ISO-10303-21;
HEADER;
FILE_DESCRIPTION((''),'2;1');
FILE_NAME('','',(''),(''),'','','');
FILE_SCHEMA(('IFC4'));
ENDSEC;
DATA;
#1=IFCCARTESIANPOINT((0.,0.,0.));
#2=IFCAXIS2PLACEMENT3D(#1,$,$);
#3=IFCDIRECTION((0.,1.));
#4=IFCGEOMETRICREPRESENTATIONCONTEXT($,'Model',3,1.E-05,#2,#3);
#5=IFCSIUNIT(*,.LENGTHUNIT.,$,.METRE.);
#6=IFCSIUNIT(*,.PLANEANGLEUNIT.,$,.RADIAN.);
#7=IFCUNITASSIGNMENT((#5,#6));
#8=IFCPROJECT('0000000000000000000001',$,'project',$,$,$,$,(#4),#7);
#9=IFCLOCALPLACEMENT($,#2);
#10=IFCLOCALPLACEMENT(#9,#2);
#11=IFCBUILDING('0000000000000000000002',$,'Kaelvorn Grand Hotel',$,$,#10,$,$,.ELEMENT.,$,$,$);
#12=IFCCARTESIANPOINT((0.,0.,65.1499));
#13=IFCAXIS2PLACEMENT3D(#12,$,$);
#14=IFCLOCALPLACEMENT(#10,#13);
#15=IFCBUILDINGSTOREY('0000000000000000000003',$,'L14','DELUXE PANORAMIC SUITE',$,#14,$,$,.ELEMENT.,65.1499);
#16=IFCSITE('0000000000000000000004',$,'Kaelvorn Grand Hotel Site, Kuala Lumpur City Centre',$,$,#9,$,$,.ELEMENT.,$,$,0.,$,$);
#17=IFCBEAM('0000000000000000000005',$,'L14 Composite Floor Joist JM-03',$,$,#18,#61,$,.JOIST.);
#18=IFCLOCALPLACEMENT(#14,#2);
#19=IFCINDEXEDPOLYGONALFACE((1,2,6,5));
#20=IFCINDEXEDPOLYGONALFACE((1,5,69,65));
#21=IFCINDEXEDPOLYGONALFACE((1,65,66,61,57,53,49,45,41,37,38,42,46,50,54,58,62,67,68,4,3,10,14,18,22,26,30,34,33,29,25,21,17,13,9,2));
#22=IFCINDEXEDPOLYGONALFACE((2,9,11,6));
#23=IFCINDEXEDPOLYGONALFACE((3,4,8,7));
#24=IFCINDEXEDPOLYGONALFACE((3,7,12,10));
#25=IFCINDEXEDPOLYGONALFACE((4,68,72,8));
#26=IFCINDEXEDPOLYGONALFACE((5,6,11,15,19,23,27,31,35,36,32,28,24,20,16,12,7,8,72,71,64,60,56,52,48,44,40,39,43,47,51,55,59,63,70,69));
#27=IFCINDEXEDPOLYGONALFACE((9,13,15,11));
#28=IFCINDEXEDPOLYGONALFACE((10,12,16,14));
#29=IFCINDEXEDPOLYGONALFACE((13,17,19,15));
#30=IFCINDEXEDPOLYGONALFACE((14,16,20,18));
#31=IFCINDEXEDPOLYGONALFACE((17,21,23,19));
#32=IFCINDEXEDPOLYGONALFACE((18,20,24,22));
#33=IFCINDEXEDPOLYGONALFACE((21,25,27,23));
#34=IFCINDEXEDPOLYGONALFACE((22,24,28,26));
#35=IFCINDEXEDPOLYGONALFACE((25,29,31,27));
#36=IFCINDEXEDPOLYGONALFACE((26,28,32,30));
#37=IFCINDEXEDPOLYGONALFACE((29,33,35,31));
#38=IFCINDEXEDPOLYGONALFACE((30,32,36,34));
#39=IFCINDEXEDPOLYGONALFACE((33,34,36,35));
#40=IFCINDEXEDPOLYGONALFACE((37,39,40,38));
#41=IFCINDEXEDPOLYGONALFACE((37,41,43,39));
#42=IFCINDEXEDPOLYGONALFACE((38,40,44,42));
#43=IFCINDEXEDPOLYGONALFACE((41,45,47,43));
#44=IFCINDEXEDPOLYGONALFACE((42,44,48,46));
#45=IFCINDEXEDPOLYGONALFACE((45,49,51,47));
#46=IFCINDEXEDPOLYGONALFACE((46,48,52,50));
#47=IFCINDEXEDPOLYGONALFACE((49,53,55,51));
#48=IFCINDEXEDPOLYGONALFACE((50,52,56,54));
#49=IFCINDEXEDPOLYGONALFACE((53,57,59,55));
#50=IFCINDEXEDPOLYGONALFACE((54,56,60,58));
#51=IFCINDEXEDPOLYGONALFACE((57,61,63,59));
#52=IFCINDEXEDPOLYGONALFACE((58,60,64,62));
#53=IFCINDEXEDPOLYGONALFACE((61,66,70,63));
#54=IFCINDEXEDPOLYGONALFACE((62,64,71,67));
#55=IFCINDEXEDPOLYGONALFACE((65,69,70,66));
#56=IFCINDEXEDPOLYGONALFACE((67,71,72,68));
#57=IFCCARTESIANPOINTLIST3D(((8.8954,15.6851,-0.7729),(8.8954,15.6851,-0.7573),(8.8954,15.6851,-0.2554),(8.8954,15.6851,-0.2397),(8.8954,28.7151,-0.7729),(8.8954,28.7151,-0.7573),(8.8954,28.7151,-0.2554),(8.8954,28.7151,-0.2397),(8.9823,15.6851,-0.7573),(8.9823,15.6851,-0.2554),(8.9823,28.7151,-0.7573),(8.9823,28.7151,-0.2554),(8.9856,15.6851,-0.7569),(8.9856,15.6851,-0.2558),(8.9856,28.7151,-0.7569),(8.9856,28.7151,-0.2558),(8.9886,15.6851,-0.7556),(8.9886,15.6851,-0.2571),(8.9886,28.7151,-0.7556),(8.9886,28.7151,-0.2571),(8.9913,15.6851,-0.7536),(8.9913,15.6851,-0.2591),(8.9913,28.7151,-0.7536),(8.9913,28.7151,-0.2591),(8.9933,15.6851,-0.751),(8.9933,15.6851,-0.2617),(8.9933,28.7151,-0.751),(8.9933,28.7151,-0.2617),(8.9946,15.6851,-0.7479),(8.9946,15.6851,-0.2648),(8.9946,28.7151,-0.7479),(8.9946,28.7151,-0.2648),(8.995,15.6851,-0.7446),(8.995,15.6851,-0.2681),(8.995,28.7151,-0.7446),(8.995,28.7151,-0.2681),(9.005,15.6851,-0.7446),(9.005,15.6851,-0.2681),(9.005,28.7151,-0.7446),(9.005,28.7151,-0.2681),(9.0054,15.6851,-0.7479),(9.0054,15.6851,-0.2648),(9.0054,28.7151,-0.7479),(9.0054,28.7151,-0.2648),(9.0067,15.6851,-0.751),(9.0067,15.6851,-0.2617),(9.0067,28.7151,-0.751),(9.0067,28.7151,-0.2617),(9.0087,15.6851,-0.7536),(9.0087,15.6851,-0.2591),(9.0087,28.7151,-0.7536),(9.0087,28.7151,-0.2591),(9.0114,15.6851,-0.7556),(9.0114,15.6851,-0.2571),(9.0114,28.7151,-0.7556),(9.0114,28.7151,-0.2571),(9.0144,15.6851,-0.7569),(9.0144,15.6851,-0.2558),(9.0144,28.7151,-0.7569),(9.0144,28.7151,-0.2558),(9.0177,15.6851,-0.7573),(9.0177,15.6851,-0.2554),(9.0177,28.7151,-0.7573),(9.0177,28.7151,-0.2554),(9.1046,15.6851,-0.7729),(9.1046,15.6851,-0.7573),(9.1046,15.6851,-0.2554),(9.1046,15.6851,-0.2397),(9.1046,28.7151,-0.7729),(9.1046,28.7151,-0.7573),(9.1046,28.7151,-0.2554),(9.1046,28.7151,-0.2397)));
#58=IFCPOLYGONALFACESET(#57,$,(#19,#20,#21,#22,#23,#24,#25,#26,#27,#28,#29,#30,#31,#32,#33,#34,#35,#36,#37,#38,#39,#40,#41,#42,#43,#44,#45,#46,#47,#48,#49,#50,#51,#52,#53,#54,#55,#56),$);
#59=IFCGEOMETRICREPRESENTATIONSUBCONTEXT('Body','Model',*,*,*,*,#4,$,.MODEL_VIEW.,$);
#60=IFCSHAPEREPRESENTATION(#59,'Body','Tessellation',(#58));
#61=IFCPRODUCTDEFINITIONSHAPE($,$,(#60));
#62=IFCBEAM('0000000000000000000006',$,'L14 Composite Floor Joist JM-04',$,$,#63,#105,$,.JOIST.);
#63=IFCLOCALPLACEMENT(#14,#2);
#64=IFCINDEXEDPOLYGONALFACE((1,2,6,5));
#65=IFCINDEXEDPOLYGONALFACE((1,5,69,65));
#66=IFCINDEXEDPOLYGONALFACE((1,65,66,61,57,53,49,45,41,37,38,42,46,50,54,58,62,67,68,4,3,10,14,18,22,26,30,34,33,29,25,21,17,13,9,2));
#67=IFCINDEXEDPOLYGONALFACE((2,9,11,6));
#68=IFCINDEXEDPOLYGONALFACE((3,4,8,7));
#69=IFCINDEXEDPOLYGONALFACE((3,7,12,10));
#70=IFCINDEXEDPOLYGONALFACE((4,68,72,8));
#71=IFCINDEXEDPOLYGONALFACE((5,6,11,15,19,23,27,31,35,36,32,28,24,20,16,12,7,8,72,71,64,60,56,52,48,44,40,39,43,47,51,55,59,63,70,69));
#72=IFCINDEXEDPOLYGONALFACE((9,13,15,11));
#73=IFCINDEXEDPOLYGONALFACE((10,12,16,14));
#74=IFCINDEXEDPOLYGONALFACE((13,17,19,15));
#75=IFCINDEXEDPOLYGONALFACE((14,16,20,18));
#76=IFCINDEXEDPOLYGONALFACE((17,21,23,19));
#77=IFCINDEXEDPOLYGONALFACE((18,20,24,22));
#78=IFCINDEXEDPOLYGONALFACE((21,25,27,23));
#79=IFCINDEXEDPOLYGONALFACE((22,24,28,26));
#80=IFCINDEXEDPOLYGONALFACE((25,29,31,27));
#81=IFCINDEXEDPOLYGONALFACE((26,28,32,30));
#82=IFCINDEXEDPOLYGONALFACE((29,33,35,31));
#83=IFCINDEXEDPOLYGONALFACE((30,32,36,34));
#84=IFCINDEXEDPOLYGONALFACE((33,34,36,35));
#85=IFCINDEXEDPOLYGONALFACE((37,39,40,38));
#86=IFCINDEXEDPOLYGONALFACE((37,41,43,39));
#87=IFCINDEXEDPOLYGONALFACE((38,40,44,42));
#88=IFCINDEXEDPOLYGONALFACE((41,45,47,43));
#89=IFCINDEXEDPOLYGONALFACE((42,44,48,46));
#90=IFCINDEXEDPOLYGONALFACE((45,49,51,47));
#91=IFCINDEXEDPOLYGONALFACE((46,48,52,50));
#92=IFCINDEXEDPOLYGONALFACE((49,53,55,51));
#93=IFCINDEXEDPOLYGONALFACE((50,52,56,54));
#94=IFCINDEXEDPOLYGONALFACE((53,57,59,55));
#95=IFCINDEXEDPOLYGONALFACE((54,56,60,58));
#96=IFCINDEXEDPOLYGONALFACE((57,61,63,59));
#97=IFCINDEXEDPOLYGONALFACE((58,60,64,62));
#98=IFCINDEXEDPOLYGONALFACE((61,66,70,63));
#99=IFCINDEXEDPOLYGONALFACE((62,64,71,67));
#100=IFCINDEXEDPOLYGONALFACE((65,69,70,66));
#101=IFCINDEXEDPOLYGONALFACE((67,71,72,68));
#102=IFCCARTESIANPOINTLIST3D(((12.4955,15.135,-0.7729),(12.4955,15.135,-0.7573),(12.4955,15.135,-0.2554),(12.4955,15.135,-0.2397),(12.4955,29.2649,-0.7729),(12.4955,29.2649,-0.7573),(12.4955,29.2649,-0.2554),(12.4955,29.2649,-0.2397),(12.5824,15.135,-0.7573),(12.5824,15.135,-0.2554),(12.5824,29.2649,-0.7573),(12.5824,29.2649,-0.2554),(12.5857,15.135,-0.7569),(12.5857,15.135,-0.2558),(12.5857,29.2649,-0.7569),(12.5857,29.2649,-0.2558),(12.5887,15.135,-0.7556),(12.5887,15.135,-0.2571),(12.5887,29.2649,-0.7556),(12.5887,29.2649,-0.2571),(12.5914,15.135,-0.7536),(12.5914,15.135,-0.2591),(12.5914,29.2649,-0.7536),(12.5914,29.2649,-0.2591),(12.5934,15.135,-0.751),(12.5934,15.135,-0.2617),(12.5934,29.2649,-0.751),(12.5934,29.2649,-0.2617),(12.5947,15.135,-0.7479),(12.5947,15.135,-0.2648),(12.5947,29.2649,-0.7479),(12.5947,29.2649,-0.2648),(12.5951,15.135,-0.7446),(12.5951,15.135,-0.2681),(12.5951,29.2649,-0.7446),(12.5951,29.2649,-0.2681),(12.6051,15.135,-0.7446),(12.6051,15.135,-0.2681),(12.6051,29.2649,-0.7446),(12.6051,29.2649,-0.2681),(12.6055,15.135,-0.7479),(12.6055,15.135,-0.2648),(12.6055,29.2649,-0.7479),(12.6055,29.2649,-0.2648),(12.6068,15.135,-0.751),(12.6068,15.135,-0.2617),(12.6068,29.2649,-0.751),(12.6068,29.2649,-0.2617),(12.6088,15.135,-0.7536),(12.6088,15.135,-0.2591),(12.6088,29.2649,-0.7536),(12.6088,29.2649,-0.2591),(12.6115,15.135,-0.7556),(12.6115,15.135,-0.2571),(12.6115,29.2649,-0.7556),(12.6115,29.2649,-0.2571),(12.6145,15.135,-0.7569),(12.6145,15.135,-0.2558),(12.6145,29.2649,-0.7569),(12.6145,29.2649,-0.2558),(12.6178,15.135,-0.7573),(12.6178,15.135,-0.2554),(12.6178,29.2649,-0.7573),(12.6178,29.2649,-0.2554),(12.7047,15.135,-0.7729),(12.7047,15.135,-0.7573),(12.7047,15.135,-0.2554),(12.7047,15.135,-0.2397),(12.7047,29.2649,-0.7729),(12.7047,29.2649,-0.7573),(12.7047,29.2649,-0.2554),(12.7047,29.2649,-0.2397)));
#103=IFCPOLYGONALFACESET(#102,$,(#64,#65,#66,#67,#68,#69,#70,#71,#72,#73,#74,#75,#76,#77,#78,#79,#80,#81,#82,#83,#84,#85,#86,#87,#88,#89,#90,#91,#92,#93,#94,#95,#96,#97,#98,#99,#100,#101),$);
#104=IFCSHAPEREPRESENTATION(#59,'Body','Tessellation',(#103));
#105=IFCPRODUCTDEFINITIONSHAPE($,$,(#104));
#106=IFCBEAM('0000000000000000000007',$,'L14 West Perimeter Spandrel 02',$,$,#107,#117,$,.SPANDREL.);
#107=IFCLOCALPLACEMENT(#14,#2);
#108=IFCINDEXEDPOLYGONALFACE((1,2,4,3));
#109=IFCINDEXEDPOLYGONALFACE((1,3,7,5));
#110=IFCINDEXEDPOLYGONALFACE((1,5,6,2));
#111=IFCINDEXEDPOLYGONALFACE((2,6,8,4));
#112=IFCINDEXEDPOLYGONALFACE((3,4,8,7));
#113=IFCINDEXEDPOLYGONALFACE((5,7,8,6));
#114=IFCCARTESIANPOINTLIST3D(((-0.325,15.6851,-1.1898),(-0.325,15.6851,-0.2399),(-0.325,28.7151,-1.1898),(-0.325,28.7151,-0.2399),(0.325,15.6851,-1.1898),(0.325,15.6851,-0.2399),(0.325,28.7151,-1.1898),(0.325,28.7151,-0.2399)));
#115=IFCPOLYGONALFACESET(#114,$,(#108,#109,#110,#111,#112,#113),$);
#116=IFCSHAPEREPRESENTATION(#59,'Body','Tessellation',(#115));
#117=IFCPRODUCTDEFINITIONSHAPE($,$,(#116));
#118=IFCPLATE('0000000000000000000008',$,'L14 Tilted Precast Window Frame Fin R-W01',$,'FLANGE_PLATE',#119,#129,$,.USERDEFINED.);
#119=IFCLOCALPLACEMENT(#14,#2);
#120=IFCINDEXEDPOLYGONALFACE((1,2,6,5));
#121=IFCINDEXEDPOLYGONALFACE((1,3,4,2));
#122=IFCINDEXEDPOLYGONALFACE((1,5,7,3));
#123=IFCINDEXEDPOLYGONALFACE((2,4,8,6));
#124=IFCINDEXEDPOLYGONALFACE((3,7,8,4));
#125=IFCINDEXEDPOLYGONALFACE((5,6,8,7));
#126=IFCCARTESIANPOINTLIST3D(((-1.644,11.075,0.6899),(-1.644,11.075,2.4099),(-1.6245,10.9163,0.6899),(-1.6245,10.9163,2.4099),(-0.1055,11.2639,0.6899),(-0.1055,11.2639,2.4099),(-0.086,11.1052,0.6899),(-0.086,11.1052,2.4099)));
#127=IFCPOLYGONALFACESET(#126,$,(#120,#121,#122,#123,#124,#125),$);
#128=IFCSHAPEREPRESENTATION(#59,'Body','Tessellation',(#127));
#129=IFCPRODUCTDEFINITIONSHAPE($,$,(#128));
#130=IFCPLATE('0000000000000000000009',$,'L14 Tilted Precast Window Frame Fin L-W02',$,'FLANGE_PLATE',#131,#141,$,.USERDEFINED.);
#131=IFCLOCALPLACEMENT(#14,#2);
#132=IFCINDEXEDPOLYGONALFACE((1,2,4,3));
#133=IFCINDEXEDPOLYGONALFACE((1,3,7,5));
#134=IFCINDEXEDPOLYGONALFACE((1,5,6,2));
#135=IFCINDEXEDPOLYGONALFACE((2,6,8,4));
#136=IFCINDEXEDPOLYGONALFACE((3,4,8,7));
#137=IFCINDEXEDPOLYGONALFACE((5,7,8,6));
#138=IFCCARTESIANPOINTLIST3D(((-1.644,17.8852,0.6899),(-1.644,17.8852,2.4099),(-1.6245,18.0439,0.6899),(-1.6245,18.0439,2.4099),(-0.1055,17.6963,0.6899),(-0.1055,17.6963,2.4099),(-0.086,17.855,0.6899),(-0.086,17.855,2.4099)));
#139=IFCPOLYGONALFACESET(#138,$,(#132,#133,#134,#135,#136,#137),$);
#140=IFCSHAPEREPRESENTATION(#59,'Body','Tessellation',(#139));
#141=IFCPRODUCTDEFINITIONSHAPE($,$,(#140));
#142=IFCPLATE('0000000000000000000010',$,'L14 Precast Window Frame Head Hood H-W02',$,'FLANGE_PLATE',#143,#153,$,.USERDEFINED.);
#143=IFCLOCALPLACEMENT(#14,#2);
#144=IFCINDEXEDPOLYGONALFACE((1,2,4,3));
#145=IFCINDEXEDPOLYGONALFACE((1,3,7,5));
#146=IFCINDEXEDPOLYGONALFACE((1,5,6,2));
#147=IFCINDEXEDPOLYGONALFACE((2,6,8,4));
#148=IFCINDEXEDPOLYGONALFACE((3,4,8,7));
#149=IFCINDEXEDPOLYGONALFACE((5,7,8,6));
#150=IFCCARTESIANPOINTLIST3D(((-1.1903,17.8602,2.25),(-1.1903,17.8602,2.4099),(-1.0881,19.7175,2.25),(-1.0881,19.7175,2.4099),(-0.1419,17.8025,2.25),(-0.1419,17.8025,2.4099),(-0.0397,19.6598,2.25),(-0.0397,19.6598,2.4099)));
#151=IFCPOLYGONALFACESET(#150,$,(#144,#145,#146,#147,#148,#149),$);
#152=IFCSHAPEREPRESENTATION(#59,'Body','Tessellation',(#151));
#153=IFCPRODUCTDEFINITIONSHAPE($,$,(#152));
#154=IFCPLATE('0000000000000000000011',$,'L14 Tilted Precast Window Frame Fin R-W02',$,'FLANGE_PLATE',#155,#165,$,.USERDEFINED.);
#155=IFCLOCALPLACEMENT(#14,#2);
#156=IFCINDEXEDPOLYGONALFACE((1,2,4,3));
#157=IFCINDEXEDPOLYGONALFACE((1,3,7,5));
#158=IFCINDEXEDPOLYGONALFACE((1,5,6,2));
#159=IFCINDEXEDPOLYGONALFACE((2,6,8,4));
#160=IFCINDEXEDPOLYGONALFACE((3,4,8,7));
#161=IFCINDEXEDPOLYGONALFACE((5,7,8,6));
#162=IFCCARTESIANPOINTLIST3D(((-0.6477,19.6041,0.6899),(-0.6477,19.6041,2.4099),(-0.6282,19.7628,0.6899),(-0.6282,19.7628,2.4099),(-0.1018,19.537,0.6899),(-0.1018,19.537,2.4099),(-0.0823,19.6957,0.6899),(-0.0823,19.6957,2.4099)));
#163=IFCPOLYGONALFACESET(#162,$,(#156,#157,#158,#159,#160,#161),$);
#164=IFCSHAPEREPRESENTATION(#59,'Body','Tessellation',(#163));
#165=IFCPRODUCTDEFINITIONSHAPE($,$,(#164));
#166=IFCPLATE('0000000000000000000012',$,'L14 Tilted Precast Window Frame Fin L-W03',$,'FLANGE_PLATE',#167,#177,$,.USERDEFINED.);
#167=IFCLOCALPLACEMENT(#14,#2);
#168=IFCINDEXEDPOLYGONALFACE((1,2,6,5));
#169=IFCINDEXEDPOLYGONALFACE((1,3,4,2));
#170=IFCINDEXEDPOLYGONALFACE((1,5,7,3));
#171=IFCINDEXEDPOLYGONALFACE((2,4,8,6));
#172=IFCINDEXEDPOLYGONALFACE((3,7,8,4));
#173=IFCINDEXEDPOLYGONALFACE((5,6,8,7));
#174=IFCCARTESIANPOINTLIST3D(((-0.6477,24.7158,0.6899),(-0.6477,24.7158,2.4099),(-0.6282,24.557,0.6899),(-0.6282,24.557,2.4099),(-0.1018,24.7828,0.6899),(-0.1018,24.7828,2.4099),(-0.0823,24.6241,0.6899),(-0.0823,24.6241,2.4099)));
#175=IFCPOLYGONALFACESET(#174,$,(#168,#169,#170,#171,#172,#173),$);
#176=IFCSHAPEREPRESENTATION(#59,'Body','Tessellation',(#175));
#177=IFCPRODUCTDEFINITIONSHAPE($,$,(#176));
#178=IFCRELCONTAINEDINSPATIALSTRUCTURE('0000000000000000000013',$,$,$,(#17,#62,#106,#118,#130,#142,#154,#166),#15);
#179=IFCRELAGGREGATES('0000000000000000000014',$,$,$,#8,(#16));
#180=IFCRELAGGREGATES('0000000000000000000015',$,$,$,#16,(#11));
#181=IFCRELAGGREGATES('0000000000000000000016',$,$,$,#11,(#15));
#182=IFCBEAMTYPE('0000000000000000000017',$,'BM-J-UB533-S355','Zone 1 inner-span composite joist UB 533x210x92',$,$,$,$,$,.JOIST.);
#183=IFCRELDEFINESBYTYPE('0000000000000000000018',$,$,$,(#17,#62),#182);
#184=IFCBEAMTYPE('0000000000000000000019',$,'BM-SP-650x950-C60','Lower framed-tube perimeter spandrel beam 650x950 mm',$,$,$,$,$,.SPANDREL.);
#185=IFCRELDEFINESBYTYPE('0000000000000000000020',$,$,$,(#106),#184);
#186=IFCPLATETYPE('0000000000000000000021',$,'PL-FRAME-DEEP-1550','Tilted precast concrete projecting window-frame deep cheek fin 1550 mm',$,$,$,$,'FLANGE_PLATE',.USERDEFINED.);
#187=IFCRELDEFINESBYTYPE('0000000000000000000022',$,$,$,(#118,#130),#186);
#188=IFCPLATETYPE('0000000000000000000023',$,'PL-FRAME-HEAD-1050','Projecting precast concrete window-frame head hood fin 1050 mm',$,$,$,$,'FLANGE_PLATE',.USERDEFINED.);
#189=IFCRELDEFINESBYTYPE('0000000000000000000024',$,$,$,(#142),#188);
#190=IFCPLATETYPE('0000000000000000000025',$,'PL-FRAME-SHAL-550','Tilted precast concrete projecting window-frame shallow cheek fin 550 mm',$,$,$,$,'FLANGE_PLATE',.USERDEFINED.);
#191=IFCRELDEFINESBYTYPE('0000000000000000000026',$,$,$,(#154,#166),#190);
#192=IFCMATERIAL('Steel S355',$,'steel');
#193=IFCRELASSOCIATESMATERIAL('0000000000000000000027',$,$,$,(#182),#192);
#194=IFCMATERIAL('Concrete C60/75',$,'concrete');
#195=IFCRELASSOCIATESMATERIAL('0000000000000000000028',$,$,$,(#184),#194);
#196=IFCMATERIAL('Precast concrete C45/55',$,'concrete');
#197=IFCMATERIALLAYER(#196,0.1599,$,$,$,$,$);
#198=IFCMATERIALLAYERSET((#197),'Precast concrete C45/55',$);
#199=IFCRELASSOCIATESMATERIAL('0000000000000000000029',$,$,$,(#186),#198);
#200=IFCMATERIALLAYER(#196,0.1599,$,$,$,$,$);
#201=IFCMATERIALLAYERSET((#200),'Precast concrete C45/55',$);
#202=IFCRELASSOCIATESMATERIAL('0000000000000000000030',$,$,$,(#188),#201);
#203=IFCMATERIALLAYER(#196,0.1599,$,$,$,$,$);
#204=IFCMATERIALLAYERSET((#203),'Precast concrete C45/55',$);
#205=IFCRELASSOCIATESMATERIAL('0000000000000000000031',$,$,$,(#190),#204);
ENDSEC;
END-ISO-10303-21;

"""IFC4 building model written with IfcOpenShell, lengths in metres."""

from ifc_helpers import new_model, si_unit, direction, frame, origin, origin_2d, place, context, subcontext, project, spatial, rectangle, i_section, extrude, material, layer, layer_set, material_profile, profile_set, type_object, element, save


model = new_model("IFC4")

# Units and contexts
model_context = context("Model", 3, precision=1e-05, world=origin(), true_north=direction((0.0, 1.0)))
body_context = subcontext(model_context, "Body", "Model", "MODEL_VIEW")
ifc_project = project(units=[si_unit("LENGTHUNIT", "METRE"), si_unit("PLANEANGLEUNIT", "RADIAN")], contexts=[model_context])

# Site, building, storey
site_placement = place(None, origin())
site = spatial("IfcSite", under=ifc_project, at=site_placement, Name="Kaelvorn Grand Hotel Site, Kuala Lumpur City Centre", CompositionType="ELEMENT", RefElevation=0.0)
building_placement = place(site_placement, origin())
building = spatial("IfcBuilding", under=site, at=building_placement, Name="Kaelvorn Grand Hotel", CompositionType="ELEMENT")
storey_placement = place(building_placement, frame((0.0, 0.0, 65.1499)))
storey = spatial("IfcBuildingStorey", under=building, at=storey_placement, Name="L14", Description="DELUXE PANORAMIC SUITE", CompositionType="ELEMENT", Elevation=65.1499)

# Beams
ifc_material_1 = material(Name="Steel S355", Category="steel")
ifc_material_profile_1 = material_profile(ifc_material_1, i_section(OverallWidth=0.2092, OverallDepth=0.5332, WebThickness=0.01, FlangeThickness=0.0156, FilletRadius=0.0127, at=origin_2d()), Name="UB 533x210x92")
ifc_profile_set_1 = profile_set([ifc_material_profile_1], Name="Steel S355")
beam_type_1 = type_object("IfcBeamType", Name="BM-J-UB533-S355", Description="Zone 1 inner-span composite joist UB 533x210x92", PredefinedType="JOIST", material=ifc_profile_set_1)
beam_1_placement = place(storey_placement, frame((9.0, 15.6851, -0.5063), z_axis=(0.0, 1.0, 0.0), x_axis=(-1.0, 0.0, 0.0)))
element("IfcBeam", 1, at=beam_1_placement, inside=storey, type_object=beam_type_1, Name="L14 Composite Floor Joist JM-03", PredefinedType="JOIST", context=body_context, shape_type="SweptSolid", body=[
    extrude(i_section(OverallWidth=0.2092, OverallDepth=0.5332, WebThickness=0.01, FlangeThickness=0.0156, FilletRadius=0.0127, at=origin_2d()), origin(), (0.0, 0.0, 1.0), 13.03),
])
beam_2_placement = place(storey_placement, frame((12.6001, 15.135, -0.5063), z_axis=(0.0, 1.0, 0.0), x_axis=(-1.0, 0.0, 0.0)))
element("IfcBeam", 2, at=beam_2_placement, inside=storey, type_object=beam_type_1, Name="L14 Composite Floor Joist JM-04", PredefinedType="JOIST", context=body_context, shape_type="SweptSolid", body=[
    extrude(i_section(OverallWidth=0.2092, OverallDepth=0.5332, WebThickness=0.01, FlangeThickness=0.0156, FilletRadius=0.0127, at=origin_2d()), origin(), (0.0, 0.0, 1.0), 14.1299),
])
ifc_material_2 = material(Name="Concrete C60/75", Category="concrete")
ifc_material_profile_2 = material_profile(ifc_material_2, rectangle(XDim=0.6499, YDim=0.95, at=origin_2d()), Name="RC SPANDREL 650x950")
ifc_profile_set_2 = profile_set([ifc_material_profile_2], Name="Concrete C60/75")
beam_type_2 = type_object("IfcBeamType", Name="BM-SP-650x950-C60", Description="Lower framed-tube perimeter spandrel beam 650x950 mm", PredefinedType="SPANDREL", material=ifc_profile_set_2)
beam_3_placement = place(storey_placement, frame((0.0, 15.6851, -0.7148), z_axis=(0.0, 1.0, 0.0), x_axis=(-1.0, 0.0, 0.0)))
element("IfcBeam", 3, at=beam_3_placement, inside=storey, type_object=beam_type_2, Name="L14 West Perimeter Spandrel 02", PredefinedType="SPANDREL", context=body_context, shape_type="SweptSolid", body=[
    extrude(rectangle(XDim=0.6499, YDim=0.95, at=origin_2d()), origin(), (0.0, 0.0, 1.0), 13.03),
])

# Plates
ifc_material_3 = material(Name="Precast concrete C45/55", Category="concrete")
ifc_layer_1 = layer(ifc_material_3, 0.1599)
ifc_layer_set_1 = layer_set([ifc_layer_1], Name="Precast concrete C45/55")
plate_type_1 = type_object("IfcPlateType", Name="PL-FRAME-DEEP-1550", Description="Tilted precast concrete projecting window-frame deep cheek fin 1550 mm", ElementType="FLANGE_PLATE", PredefinedType="USERDEFINED", material=ifc_layer_set_1)
for number, where, z_axis, x_axis, name in (
    (4, (-0.865, 11.0901, 0.6899), (0.0, 0.0, 1.0), (-0.121869, 0.992546, 0.0), "L14 Tilted Precast Window Frame Fin R-W01"),
    (5, (-0.865, 17.8701, 0.6899), (0.0, 0.0, 1.0), (0.121869, 0.992546, 0.0), "L14 Tilted Precast Window Frame Fin L-W02"),
):
    element("IfcPlate", number, at=place(storey_placement, frame(where, z_axis=z_axis, x_axis=x_axis)), inside=storey, type_object=plate_type_1, Name=name, ObjectType="FLANGE_PLATE", PredefinedType="USERDEFINED", context=body_context, shape_type="SweptSolid", body=[
        extrude(rectangle(XDim=0.1599, YDim=1.55, at=origin_2d()), origin(), (0.0, 0.0, 1.0), 1.72),
    ])
ifc_layer_2 = layer(ifc_material_3, 0.1599)
ifc_layer_set_2 = layer_set([ifc_layer_2], Name="Precast concrete C45/55")
plate_type_2 = type_object("IfcPlateType", Name="PL-FRAME-HEAD-1050", Description="Projecting precast concrete window-frame head hood fin 1050 mm", ElementType="FLANGE_PLATE", PredefinedType="USERDEFINED", material=ifc_layer_set_2)
plate_placement = place(storey_placement, frame((-0.615, 18.76, 2.25), z_axis=(0.0, 0.0, 1.0), x_axis=(0.05495, 0.998489, 0.0)))
element("IfcPlate", 6, at=plate_placement, inside=storey, type_object=plate_type_2, Name="L14 Precast Window Frame Head Hood H-W02", ObjectType="FLANGE_PLATE", PredefinedType="USERDEFINED", context=body_context, shape_type="SweptSolid", body=[
    extrude(rectangle(XDim=1.8601, YDim=1.05, at=origin_2d()), origin(), (0.0, 0.0, 1.0), 0.1599),
])
ifc_layer_3 = layer(ifc_material_3, 0.1599)
ifc_layer_set_3 = layer_set([ifc_layer_3], Name="Precast concrete C45/55")
plate_type_3 = type_object("IfcPlateType", Name="PL-FRAME-SHAL-550", Description="Tilted precast concrete projecting window-frame shallow cheek fin 550 mm", ElementType="FLANGE_PLATE", PredefinedType="USERDEFINED", material=ifc_layer_set_3)
for number, where, z_axis, x_axis, name in (
    (7, (-0.365, 19.6499, 0.6899), (0.0, 0.0, 1.0), (0.121869, 0.992546, 0.0), "L14 Tilted Precast Window Frame Fin R-W02"),
    (8, (-0.365, 24.6699, 0.6899), (0.0, 0.0, 1.0), (-0.121869, 0.992546, 0.0), "L14 Tilted Precast Window Frame Fin L-W03"),
):
    element("IfcPlate", number, at=place(storey_placement, frame(where, z_axis=z_axis, x_axis=x_axis)), inside=storey, type_object=plate_type_3, Name=name, ObjectType="FLANGE_PLATE", PredefinedType="USERDEFINED", context=body_context, shape_type="SweptSolid", body=[
        extrude(rectangle(XDim=0.1599, YDim=0.55, at=origin_2d()), origin(), (0.0, 0.0, 1.0), 1.72),
    ])

save(model, "model.ifc")
